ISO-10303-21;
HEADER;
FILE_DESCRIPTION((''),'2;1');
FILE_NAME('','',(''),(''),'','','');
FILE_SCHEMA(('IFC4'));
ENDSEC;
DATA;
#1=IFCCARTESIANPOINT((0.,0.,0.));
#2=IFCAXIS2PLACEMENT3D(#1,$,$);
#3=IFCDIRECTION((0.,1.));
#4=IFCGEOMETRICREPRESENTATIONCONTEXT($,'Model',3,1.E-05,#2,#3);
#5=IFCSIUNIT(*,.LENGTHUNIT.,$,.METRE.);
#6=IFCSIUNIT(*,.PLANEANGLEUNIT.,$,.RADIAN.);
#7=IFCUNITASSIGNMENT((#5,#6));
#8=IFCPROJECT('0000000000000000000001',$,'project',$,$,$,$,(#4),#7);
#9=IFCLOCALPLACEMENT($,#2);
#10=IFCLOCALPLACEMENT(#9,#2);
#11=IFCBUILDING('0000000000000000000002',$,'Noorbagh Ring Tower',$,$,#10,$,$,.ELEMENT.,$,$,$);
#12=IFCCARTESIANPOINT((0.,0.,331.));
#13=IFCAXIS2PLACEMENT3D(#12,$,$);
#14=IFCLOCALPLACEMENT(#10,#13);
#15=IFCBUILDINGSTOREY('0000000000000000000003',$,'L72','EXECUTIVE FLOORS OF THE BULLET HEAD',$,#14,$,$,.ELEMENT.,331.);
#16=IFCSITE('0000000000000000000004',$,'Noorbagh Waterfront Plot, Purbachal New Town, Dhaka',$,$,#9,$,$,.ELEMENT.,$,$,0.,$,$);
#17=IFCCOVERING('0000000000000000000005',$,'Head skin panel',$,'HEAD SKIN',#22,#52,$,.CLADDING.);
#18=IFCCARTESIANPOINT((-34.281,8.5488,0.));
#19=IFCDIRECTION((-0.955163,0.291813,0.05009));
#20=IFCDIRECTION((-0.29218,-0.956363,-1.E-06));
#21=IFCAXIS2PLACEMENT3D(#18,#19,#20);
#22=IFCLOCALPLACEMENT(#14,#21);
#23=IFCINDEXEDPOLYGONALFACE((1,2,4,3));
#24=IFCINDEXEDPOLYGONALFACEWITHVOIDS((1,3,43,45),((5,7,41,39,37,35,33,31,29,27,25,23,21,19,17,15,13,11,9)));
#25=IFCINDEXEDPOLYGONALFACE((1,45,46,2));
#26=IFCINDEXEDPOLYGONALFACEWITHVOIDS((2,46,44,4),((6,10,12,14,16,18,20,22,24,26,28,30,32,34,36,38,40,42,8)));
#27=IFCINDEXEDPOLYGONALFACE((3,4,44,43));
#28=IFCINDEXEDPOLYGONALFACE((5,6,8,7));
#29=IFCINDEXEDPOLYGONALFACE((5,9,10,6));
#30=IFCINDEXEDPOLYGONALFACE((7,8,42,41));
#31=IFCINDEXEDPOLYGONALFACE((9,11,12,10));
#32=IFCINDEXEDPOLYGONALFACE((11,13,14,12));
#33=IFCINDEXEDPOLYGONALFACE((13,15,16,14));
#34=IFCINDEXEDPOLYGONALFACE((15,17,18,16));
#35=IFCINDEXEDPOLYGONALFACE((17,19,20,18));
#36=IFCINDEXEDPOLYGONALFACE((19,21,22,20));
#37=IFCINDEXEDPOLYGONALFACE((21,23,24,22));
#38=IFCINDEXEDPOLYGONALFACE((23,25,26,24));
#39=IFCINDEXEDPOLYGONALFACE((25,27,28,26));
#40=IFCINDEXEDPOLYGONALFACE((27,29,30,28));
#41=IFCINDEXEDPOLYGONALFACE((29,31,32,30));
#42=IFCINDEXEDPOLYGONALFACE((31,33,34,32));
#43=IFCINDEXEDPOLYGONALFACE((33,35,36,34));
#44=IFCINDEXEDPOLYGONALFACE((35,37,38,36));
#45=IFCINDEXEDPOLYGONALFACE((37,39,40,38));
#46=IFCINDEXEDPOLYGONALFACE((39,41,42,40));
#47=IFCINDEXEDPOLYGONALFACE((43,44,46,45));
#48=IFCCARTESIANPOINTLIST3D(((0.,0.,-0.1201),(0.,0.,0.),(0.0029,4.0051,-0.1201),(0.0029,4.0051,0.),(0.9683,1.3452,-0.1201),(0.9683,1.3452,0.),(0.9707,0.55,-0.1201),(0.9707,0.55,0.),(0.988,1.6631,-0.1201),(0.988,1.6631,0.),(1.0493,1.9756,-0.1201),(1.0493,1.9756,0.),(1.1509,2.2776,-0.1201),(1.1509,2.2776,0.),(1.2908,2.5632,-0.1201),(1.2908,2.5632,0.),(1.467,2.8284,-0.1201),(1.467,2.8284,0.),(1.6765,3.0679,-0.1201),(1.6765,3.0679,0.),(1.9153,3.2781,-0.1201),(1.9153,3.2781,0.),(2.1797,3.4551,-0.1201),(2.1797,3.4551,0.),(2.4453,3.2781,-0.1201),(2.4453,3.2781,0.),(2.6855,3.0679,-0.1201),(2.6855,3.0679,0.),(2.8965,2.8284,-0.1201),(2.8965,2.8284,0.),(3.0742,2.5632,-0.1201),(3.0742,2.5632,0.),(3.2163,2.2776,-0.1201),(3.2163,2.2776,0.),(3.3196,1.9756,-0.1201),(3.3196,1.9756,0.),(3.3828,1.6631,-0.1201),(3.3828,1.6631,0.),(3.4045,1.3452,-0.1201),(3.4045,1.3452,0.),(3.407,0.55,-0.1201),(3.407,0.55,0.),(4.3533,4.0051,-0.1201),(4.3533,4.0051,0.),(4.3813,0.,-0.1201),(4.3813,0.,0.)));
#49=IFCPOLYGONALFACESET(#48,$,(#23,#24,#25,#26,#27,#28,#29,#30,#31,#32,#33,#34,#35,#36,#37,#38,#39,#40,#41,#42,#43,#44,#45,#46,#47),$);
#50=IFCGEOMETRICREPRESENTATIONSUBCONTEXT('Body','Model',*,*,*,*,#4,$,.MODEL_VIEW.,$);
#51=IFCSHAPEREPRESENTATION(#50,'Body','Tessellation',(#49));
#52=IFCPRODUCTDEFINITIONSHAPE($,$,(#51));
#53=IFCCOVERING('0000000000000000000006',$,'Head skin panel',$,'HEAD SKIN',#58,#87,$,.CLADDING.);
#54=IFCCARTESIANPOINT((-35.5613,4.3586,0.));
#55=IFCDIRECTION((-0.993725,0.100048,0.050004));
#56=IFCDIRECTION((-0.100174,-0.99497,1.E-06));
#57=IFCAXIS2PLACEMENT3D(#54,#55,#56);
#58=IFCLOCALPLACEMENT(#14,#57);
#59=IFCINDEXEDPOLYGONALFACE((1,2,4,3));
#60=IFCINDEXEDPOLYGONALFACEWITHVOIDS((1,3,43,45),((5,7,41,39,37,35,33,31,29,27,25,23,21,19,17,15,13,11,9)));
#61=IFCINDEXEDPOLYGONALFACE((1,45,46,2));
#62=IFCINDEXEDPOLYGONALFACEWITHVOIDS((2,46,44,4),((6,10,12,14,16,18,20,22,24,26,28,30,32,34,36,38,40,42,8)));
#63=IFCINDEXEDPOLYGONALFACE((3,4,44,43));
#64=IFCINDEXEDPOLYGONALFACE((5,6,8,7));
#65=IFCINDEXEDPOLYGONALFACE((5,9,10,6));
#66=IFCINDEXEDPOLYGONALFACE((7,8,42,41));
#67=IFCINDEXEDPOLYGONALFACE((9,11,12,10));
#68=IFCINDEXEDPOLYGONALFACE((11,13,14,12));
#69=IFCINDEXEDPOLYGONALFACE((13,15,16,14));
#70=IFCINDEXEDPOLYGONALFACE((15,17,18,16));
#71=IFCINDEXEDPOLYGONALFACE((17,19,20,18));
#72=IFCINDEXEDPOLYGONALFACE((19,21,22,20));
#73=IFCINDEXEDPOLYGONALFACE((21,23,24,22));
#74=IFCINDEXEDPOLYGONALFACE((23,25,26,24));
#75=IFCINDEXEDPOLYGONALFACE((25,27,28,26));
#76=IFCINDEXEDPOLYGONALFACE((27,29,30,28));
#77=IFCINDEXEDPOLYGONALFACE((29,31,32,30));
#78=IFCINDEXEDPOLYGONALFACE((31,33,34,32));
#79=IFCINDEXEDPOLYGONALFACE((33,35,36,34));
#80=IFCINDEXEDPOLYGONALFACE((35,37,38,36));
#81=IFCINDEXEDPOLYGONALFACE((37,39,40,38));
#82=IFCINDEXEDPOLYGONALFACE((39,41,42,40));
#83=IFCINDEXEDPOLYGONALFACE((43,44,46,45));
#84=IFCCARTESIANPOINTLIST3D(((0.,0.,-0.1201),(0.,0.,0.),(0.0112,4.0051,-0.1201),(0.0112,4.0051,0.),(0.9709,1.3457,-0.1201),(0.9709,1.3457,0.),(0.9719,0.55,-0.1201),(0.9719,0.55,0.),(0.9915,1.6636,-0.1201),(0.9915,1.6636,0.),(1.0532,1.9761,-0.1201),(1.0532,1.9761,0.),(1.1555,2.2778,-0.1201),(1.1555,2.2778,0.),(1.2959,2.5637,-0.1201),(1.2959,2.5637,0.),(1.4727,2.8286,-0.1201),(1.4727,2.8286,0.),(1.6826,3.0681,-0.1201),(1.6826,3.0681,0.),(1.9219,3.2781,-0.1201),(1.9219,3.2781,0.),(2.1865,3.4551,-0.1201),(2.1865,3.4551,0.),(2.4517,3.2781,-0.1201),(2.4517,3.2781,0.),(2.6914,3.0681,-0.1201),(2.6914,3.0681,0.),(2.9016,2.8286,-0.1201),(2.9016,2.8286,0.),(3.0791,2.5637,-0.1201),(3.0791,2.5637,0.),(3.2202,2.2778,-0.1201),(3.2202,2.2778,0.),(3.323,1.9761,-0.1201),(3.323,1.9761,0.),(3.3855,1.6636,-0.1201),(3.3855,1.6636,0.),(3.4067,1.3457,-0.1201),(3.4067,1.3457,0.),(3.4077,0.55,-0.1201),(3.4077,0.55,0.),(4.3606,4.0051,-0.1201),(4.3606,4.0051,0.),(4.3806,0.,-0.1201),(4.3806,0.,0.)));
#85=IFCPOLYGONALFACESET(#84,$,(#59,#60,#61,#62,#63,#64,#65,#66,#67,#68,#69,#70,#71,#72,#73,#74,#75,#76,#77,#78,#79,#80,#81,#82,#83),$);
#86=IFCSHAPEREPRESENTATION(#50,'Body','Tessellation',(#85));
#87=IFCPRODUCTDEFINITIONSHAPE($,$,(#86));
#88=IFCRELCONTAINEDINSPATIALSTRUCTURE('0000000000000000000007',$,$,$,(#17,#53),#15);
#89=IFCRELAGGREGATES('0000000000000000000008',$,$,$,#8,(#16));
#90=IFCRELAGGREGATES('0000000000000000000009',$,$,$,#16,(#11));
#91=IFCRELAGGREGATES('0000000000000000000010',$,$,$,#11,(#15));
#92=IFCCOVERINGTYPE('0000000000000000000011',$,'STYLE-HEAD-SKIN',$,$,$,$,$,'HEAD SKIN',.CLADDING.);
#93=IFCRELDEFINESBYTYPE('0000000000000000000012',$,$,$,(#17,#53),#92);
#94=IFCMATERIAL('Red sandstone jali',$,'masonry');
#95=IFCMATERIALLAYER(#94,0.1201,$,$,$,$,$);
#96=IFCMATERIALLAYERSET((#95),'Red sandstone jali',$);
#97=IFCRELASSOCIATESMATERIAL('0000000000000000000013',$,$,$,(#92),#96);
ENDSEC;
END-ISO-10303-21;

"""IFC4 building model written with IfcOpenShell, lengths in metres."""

from ifc_helpers import new_model, si_unit, direction, frame, origin, place, context, subcontext, project, spatial, polyline, outline, extrude, material, layer, layer_set, type_object, element, save


model = new_model("IFC4")

# Units and contexts
model_context = context("Model", 3, precision=1e-05, world=origin(), true_north=direction((0.0, 1.0)))
body_context = subcontext(model_context, "Body", "Model", "MODEL_VIEW")
ifc_project = project(units=[si_unit("LENGTHUNIT", "METRE"), si_unit("PLANEANGLEUNIT", "RADIAN")], contexts=[model_context])

# Site, building, storey
site_placement = place(None, origin())
site = spatial("IfcSite", under=ifc_project, at=site_placement, Name="Noorbagh Waterfront Plot, Purbachal New Town, Dhaka", CompositionType="ELEMENT", RefElevation=0.0)
building_placement = place(site_placement, origin())
building = spatial("IfcBuilding", under=site, at=building_placement, Name="Noorbagh Ring Tower", CompositionType="ELEMENT")
storey_placement = place(building_placement, frame((0.0, 0.0, 331.0)))
storey = spatial("IfcBuildingStorey", under=building, at=storey_placement, Name="L72", Description="EXECUTIVE FLOORS OF THE BULLET HEAD", CompositionType="ELEMENT", Elevation=331.0)

# Coverings
ifc_material_1 = material(Name="Red sandstone jali", Category="masonry")
ifc_layer_1 = layer(ifc_material_1, 0.1201)
ifc_layer_set_1 = layer_set([ifc_layer_1], Name="Red sandstone jali")
covering_type_1 = type_object("IfcCoveringType", Name="STYLE-HEAD-SKIN", ElementType="HEAD SKIN", PredefinedType="CLADDING", material=ifc_layer_set_1)
covering_1_placement = place(storey_placement, frame((-34.281, 8.5488, 0.0), z_axis=(-0.955163, 0.291813, 0.05009), x_axis=(-0.29218, -0.956363, -0.000001)))
element("IfcCovering", 1, at=covering_1_placement, inside=storey, type_object=covering_type_1, Name="Head skin panel", ObjectType="HEAD SKIN", PredefinedType="CLADDING", context=body_context, shape_type="SweptSolid", body=[
    extrude(outline(polyline([(0.0, 0.0), (4.3813, 0.0), (4.3533, 4.0051), (0.0029, 4.0051), (0.0, 0.0)]), holes=[polyline([(0.9707, 0.55), (0.9683, 1.3452), (0.988, 1.6631), (1.0493, 1.9756), (1.1509, 2.2776), (1.2908, 2.5632), (1.467, 2.8284), (1.6765, 3.0679), (1.9153, 3.2781), (2.1797, 3.4551), (2.4453, 3.2781), (2.6855, 3.0679), (2.8965, 2.8284), (3.0742, 2.5632), (3.2163, 2.2776), (3.3196, 1.9756), (3.3828, 1.6631), (3.4045, 1.3452), (3.407, 0.55), (0.9707, 0.55)])]), origin(), (0.0, 0.0, -1.0), 0.1201),
])
covering_2_placement = place(storey_placement, frame((-35.5613, 4.3586, 0.0), z_axis=(-0.993725, 0.100048, 0.050004), x_axis=(-0.100174, -0.99497, 0.000001)))
element("IfcCovering", 2, at=covering_2_placement, inside=storey, type_object=covering_type_1, Name="Head skin panel", ObjectType="HEAD SKIN", PredefinedType="CLADDING", context=body_context, shape_type="SweptSolid", body=[
    extrude(outline(polyline([(0.0, 0.0), (4.3806, 0.0), (4.3606, 4.0051), (0.0112, 4.0051), (0.0, 0.0)]), holes=[polyline([(0.9719, 0.55), (0.9709, 1.3457), (0.9915, 1.6636), (1.0532, 1.9761), (1.1555, 2.2778), (1.2959, 2.5637), (1.4727, 2.8286), (1.6826, 3.0681), (1.9219, 3.2781), (2.1865, 3.4551), (2.4517, 3.2781), (2.6914, 3.0681), (2.9016, 2.8286), (3.0791, 2.5637), (3.2202, 2.2778), (3.323, 1.9761), (3.3855, 1.6636), (3.4067, 1.3457), (3.4077, 0.55), (0.9719, 0.55)])]), origin(), (0.0, 0.0, -1.0), 0.1201),
])

save(model, "model.ifc")
